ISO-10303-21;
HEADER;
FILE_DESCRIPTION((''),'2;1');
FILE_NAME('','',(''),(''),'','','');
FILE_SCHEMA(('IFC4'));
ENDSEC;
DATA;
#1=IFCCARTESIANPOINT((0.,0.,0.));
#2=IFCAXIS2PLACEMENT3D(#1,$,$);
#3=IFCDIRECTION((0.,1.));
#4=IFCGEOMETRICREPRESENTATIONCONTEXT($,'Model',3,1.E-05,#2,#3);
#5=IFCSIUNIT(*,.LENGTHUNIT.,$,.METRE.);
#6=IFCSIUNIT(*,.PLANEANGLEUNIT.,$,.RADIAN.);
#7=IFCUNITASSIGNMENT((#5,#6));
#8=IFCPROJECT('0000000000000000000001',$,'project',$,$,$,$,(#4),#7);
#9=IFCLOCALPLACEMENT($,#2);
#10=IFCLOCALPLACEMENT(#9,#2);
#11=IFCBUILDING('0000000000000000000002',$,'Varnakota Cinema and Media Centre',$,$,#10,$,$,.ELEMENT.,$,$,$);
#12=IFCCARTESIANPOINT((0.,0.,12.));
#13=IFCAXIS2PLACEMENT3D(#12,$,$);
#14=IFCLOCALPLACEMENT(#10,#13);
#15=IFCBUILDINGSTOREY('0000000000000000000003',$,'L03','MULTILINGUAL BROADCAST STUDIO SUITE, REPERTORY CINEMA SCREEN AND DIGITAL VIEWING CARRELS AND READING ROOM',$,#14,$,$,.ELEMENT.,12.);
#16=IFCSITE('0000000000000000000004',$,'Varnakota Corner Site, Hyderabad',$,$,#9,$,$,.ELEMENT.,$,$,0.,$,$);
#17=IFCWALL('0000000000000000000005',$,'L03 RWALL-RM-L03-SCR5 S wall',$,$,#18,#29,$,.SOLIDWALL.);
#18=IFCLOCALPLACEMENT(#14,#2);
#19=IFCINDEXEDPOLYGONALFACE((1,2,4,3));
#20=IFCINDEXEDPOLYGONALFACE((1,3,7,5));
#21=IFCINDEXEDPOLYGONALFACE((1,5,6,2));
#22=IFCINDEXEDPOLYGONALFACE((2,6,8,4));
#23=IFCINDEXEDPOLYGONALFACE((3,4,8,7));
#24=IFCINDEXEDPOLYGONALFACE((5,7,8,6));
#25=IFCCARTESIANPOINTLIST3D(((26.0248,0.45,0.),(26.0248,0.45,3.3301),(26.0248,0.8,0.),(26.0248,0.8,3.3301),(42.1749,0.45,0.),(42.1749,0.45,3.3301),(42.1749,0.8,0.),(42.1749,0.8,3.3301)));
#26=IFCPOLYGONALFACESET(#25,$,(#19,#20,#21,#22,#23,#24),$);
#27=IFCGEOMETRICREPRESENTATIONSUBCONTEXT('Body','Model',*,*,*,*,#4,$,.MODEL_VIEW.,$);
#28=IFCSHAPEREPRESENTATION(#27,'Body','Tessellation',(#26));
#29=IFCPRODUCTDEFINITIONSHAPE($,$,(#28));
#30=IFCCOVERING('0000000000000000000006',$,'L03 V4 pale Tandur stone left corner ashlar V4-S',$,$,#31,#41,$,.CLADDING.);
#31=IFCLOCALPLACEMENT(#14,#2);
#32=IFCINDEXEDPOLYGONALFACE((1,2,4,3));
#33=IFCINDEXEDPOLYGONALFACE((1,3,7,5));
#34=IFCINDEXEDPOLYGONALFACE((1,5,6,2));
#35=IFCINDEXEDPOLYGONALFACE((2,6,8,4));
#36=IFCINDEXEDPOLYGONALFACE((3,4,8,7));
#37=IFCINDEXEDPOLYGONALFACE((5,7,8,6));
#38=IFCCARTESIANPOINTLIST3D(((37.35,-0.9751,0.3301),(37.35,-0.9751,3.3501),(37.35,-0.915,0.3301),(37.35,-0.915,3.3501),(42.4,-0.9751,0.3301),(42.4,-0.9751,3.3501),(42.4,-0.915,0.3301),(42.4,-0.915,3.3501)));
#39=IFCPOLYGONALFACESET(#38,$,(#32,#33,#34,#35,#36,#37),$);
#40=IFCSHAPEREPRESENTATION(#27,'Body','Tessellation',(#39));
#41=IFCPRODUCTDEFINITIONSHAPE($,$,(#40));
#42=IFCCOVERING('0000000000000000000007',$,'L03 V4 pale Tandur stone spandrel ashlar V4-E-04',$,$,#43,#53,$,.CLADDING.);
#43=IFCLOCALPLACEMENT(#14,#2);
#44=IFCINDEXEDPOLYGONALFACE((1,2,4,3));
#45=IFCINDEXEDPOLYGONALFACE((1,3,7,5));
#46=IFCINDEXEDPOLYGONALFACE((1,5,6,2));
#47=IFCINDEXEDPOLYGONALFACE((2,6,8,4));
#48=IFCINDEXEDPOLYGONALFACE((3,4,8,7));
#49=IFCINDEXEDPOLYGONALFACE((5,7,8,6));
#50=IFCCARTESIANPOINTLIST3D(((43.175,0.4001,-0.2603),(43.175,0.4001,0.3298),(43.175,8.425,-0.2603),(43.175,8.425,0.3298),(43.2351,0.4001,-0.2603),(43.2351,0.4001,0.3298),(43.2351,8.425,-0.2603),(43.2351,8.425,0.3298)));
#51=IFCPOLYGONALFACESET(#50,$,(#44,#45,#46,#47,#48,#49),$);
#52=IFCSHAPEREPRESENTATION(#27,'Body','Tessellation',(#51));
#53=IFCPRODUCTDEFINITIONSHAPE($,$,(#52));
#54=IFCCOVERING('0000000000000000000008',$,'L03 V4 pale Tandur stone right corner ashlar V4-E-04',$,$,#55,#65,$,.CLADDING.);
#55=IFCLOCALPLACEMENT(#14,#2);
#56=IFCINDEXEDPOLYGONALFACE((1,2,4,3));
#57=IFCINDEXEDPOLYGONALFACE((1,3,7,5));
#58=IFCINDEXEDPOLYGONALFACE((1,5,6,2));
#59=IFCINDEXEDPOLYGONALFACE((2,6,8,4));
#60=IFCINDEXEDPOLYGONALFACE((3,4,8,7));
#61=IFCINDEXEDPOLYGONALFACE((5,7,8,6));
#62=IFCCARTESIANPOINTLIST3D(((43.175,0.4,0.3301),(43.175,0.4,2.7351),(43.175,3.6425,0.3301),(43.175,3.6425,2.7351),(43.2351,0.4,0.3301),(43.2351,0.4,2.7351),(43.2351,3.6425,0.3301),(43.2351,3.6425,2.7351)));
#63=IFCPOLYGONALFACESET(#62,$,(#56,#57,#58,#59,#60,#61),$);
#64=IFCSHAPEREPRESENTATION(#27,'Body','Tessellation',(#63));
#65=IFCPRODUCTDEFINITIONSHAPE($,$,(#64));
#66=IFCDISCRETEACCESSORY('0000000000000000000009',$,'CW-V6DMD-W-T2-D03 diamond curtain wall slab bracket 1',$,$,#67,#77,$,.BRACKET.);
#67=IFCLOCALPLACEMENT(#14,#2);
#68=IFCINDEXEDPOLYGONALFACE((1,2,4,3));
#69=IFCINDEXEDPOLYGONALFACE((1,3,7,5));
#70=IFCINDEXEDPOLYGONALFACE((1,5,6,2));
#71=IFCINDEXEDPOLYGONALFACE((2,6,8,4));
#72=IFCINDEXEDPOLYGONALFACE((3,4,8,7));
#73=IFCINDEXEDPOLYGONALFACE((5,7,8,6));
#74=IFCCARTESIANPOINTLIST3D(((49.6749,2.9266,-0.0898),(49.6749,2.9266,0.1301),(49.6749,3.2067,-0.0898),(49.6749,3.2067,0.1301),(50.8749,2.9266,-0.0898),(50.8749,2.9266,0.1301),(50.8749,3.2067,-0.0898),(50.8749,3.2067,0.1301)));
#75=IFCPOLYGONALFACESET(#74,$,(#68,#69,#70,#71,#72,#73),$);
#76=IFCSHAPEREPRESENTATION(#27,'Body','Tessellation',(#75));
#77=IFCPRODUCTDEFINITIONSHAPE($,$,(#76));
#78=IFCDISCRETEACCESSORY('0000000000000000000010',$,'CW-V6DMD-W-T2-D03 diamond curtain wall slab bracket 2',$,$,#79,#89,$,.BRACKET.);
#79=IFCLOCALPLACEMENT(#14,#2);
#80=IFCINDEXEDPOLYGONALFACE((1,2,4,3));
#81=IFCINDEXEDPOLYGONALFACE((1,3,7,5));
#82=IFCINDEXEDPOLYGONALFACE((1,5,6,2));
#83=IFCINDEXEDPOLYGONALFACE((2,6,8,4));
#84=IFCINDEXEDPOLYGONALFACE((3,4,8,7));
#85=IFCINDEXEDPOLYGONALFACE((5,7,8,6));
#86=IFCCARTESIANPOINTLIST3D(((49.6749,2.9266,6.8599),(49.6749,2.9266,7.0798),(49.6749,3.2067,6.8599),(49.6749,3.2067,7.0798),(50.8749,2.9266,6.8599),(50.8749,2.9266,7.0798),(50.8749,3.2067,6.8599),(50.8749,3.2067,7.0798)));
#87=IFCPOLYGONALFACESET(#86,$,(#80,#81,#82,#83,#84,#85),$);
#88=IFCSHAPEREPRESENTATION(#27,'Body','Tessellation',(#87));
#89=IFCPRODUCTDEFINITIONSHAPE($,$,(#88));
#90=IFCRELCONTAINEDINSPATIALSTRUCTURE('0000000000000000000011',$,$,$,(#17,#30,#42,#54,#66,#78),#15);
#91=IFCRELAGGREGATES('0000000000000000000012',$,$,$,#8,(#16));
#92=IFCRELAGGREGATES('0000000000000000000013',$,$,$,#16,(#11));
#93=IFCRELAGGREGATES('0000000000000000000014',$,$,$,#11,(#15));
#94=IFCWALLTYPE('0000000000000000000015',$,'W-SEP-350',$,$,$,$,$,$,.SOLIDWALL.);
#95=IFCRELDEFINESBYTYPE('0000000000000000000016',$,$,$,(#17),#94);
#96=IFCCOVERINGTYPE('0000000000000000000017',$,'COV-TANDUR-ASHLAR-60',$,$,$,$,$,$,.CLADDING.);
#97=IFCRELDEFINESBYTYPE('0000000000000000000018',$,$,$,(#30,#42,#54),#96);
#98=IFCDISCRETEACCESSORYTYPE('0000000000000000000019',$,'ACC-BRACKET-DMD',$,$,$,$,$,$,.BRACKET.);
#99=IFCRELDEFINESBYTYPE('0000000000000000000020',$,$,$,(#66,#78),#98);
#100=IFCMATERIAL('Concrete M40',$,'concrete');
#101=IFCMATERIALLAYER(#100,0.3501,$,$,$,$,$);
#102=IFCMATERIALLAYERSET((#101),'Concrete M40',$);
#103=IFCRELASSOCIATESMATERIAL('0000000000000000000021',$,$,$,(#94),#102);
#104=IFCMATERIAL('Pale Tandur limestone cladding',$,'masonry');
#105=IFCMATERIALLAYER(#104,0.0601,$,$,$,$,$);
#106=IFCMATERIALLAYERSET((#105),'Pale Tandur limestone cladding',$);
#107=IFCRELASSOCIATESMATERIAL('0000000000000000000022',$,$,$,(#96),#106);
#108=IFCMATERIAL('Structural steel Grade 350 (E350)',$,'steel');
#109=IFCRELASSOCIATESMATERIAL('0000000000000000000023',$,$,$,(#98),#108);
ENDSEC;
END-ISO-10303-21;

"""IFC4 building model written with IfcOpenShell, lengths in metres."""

from ifc_helpers import new_model, si_unit, direction, frame, frame_2d, origin, origin_2d, place, context, subcontext, project, spatial, rectangle, extrude, material, layer, layer_set, type_object, element, save


model = new_model("IFC4")

# Units and contexts
model_context = context("Model", 3, precision=1e-05, world=origin(), true_north=direction((0.0, 1.0)))
body_context = subcontext(model_context, "Body", "Model", "MODEL_VIEW")
ifc_project = project(units=[si_unit("LENGTHUNIT", "METRE"), si_unit("PLANEANGLEUNIT", "RADIAN")], contexts=[model_context])

# Site, building, storey
site_placement = place(None, origin())
site = spatial("IfcSite", under=ifc_project, at=site_placement, Name="Varnakota Corner Site, Hyderabad", CompositionType="ELEMENT", RefElevation=0.0)
building_placement = place(site_placement, origin())
building = spatial("IfcBuilding", under=site, at=building_placement, Name="Varnakota Cinema and Media Centre", CompositionType="ELEMENT")
storey_placement = place(building_placement, frame((0.0, 0.0, 12.0)))
storey = spatial("IfcBuildingStorey", under=building, at=storey_placement, Name="L03", Description="MULTILINGUAL BROADCAST STUDIO SUITE, REPERTORY CINEMA SCREEN AND DIGITAL VIEWING CARRELS AND READING ROOM", CompositionType="ELEMENT", Elevation=12.0)

# Wall
ifc_material_1 = material(Name="Concrete M40", Category="concrete")
ifc_layer_1 = layer(ifc_material_1, 0.3501)
ifc_layer_set_1 = layer_set([ifc_layer_1], Name="Concrete M40")
wall_type_1 = type_object("IfcWallType", Name="W-SEP-350", PredefinedType="SOLIDWALL", material=ifc_layer_set_1)
wall_1_placement = place(storey_placement, frame((42.175, 0.625, 0.0), z_axis=(0.0, 0.0, 1.0), x_axis=(-1.0, 0.0, 0.0)))
element("IfcWall", 1, at=wall_1_placement, inside=storey, type_object=wall_type_1, Name="L03 RWALL-RM-L03-SCR5 S wall", PredefinedType="SOLIDWALL", context=body_context, shape_type="SweptSolid", body=[
    extrude(rectangle(XDim=16.1501, YDim=0.3501, at=frame_2d((8.0752, 0.0))), origin(), (0.0, 0.0, 1.0), 3.3301),
])

# Coverings
ifc_material_2 = material(Name="Pale Tandur limestone cladding", Category="masonry")
ifc_layer_2 = layer(ifc_material_2, 0.0601)
ifc_layer_set_2 = layer_set([ifc_layer_2], Name="Pale Tandur limestone cladding")
covering_type = type_object("IfcCoveringType", Name="COV-TANDUR-ASHLAR-60", PredefinedType="CLADDING", material=ifc_layer_set_2)
covering_1_placement = place(storey_placement, frame((39.875, -0.9451, 0.3301), z_axis=(0.0, 0.0, 1.0), x_axis=(-1.0, 0.0, 0.0)))
element("IfcCovering", 2, at=covering_1_placement, inside=storey, type_object=covering_type, Name="L03 V4 pale Tandur stone left corner ashlar V4-S", PredefinedType="CLADDING", context=body_context, shape_type="SweptSolid", body=[
    extrude(rectangle(XDim=5.05, YDim=0.0601, at=origin_2d()), origin(), (0.0, 0.0, 1.0), 3.02),
])
covering_2_placement = place(storey_placement, frame((43.2051, 4.4126, -0.2603), z_axis=(0.0, 0.0, 1.0), x_axis=(0.0, -1.0, 0.0)))
element("IfcCovering", 3, at=covering_2_placement, inside=storey, type_object=covering_type, Name="L03 V4 pale Tandur stone spandrel ashlar V4-E-04", PredefinedType="CLADDING", context=body_context, shape_type="SweptSolid", body=[
    extrude(rectangle(XDim=8.0249, YDim=0.0601, at=origin_2d()), origin(), (0.0, 0.0, 1.0), 0.5901),
])
covering_3_placement = place(storey_placement, frame((43.2051, 2.0212, 0.3301), z_axis=(0.0, 0.0, 1.0), x_axis=(0.0, -1.0, 0.0)))
element("IfcCovering", 4, at=covering_3_placement, inside=storey, type_object=covering_type, Name="L03 V4 pale Tandur stone right corner ashlar V4-E-04", PredefinedType="CLADDING", context=body_context, shape_type="SweptSolid", body=[
    extrude(rectangle(XDim=3.2424, YDim=0.0601, at=origin_2d()), origin(), (0.0, 0.0, 1.0), 2.405),
])

# Discrete accessories
ifc_material_3 = material(Name="Structural steel Grade 350 (E350)", Category="steel")
discrete_accessory_type = type_object("IfcDiscreteAccessoryType", Name="ACC-BRACKET-DMD", PredefinedType="BRACKET", material=ifc_material_3)
for number, where, z_axis, x_axis, name in (
    (5, (50.2749, 3.0667, -0.0898), (0.0, 0.0, 1.0), (0.0, -1.0, 0.0), "CW-V6DMD-W-T2-D03 diamond curtain wall slab bracket 1"),
    (6, (50.2749, 3.0667, 6.8599), (0.0, 0.0, 1.0), (0.0, -1.0, 0.0), "CW-V6DMD-W-T2-D03 diamond curtain wall slab bracket 2"),
):
    element("IfcDiscreteAccessory", number, at=place(storey_placement, frame(where, z_axis=z_axis, x_axis=x_axis)), inside=storey, type_object=discrete_accessory_type, Name=name, PredefinedType="BRACKET", context=body_context, shape_type="SweptSolid", body=[
        extrude(rectangle(XDim=0.28, YDim=1.2, at=origin_2d()), origin(), (0.0, 0.0, 1.0), 0.22),
    ])

save(model, "model.ifc")
